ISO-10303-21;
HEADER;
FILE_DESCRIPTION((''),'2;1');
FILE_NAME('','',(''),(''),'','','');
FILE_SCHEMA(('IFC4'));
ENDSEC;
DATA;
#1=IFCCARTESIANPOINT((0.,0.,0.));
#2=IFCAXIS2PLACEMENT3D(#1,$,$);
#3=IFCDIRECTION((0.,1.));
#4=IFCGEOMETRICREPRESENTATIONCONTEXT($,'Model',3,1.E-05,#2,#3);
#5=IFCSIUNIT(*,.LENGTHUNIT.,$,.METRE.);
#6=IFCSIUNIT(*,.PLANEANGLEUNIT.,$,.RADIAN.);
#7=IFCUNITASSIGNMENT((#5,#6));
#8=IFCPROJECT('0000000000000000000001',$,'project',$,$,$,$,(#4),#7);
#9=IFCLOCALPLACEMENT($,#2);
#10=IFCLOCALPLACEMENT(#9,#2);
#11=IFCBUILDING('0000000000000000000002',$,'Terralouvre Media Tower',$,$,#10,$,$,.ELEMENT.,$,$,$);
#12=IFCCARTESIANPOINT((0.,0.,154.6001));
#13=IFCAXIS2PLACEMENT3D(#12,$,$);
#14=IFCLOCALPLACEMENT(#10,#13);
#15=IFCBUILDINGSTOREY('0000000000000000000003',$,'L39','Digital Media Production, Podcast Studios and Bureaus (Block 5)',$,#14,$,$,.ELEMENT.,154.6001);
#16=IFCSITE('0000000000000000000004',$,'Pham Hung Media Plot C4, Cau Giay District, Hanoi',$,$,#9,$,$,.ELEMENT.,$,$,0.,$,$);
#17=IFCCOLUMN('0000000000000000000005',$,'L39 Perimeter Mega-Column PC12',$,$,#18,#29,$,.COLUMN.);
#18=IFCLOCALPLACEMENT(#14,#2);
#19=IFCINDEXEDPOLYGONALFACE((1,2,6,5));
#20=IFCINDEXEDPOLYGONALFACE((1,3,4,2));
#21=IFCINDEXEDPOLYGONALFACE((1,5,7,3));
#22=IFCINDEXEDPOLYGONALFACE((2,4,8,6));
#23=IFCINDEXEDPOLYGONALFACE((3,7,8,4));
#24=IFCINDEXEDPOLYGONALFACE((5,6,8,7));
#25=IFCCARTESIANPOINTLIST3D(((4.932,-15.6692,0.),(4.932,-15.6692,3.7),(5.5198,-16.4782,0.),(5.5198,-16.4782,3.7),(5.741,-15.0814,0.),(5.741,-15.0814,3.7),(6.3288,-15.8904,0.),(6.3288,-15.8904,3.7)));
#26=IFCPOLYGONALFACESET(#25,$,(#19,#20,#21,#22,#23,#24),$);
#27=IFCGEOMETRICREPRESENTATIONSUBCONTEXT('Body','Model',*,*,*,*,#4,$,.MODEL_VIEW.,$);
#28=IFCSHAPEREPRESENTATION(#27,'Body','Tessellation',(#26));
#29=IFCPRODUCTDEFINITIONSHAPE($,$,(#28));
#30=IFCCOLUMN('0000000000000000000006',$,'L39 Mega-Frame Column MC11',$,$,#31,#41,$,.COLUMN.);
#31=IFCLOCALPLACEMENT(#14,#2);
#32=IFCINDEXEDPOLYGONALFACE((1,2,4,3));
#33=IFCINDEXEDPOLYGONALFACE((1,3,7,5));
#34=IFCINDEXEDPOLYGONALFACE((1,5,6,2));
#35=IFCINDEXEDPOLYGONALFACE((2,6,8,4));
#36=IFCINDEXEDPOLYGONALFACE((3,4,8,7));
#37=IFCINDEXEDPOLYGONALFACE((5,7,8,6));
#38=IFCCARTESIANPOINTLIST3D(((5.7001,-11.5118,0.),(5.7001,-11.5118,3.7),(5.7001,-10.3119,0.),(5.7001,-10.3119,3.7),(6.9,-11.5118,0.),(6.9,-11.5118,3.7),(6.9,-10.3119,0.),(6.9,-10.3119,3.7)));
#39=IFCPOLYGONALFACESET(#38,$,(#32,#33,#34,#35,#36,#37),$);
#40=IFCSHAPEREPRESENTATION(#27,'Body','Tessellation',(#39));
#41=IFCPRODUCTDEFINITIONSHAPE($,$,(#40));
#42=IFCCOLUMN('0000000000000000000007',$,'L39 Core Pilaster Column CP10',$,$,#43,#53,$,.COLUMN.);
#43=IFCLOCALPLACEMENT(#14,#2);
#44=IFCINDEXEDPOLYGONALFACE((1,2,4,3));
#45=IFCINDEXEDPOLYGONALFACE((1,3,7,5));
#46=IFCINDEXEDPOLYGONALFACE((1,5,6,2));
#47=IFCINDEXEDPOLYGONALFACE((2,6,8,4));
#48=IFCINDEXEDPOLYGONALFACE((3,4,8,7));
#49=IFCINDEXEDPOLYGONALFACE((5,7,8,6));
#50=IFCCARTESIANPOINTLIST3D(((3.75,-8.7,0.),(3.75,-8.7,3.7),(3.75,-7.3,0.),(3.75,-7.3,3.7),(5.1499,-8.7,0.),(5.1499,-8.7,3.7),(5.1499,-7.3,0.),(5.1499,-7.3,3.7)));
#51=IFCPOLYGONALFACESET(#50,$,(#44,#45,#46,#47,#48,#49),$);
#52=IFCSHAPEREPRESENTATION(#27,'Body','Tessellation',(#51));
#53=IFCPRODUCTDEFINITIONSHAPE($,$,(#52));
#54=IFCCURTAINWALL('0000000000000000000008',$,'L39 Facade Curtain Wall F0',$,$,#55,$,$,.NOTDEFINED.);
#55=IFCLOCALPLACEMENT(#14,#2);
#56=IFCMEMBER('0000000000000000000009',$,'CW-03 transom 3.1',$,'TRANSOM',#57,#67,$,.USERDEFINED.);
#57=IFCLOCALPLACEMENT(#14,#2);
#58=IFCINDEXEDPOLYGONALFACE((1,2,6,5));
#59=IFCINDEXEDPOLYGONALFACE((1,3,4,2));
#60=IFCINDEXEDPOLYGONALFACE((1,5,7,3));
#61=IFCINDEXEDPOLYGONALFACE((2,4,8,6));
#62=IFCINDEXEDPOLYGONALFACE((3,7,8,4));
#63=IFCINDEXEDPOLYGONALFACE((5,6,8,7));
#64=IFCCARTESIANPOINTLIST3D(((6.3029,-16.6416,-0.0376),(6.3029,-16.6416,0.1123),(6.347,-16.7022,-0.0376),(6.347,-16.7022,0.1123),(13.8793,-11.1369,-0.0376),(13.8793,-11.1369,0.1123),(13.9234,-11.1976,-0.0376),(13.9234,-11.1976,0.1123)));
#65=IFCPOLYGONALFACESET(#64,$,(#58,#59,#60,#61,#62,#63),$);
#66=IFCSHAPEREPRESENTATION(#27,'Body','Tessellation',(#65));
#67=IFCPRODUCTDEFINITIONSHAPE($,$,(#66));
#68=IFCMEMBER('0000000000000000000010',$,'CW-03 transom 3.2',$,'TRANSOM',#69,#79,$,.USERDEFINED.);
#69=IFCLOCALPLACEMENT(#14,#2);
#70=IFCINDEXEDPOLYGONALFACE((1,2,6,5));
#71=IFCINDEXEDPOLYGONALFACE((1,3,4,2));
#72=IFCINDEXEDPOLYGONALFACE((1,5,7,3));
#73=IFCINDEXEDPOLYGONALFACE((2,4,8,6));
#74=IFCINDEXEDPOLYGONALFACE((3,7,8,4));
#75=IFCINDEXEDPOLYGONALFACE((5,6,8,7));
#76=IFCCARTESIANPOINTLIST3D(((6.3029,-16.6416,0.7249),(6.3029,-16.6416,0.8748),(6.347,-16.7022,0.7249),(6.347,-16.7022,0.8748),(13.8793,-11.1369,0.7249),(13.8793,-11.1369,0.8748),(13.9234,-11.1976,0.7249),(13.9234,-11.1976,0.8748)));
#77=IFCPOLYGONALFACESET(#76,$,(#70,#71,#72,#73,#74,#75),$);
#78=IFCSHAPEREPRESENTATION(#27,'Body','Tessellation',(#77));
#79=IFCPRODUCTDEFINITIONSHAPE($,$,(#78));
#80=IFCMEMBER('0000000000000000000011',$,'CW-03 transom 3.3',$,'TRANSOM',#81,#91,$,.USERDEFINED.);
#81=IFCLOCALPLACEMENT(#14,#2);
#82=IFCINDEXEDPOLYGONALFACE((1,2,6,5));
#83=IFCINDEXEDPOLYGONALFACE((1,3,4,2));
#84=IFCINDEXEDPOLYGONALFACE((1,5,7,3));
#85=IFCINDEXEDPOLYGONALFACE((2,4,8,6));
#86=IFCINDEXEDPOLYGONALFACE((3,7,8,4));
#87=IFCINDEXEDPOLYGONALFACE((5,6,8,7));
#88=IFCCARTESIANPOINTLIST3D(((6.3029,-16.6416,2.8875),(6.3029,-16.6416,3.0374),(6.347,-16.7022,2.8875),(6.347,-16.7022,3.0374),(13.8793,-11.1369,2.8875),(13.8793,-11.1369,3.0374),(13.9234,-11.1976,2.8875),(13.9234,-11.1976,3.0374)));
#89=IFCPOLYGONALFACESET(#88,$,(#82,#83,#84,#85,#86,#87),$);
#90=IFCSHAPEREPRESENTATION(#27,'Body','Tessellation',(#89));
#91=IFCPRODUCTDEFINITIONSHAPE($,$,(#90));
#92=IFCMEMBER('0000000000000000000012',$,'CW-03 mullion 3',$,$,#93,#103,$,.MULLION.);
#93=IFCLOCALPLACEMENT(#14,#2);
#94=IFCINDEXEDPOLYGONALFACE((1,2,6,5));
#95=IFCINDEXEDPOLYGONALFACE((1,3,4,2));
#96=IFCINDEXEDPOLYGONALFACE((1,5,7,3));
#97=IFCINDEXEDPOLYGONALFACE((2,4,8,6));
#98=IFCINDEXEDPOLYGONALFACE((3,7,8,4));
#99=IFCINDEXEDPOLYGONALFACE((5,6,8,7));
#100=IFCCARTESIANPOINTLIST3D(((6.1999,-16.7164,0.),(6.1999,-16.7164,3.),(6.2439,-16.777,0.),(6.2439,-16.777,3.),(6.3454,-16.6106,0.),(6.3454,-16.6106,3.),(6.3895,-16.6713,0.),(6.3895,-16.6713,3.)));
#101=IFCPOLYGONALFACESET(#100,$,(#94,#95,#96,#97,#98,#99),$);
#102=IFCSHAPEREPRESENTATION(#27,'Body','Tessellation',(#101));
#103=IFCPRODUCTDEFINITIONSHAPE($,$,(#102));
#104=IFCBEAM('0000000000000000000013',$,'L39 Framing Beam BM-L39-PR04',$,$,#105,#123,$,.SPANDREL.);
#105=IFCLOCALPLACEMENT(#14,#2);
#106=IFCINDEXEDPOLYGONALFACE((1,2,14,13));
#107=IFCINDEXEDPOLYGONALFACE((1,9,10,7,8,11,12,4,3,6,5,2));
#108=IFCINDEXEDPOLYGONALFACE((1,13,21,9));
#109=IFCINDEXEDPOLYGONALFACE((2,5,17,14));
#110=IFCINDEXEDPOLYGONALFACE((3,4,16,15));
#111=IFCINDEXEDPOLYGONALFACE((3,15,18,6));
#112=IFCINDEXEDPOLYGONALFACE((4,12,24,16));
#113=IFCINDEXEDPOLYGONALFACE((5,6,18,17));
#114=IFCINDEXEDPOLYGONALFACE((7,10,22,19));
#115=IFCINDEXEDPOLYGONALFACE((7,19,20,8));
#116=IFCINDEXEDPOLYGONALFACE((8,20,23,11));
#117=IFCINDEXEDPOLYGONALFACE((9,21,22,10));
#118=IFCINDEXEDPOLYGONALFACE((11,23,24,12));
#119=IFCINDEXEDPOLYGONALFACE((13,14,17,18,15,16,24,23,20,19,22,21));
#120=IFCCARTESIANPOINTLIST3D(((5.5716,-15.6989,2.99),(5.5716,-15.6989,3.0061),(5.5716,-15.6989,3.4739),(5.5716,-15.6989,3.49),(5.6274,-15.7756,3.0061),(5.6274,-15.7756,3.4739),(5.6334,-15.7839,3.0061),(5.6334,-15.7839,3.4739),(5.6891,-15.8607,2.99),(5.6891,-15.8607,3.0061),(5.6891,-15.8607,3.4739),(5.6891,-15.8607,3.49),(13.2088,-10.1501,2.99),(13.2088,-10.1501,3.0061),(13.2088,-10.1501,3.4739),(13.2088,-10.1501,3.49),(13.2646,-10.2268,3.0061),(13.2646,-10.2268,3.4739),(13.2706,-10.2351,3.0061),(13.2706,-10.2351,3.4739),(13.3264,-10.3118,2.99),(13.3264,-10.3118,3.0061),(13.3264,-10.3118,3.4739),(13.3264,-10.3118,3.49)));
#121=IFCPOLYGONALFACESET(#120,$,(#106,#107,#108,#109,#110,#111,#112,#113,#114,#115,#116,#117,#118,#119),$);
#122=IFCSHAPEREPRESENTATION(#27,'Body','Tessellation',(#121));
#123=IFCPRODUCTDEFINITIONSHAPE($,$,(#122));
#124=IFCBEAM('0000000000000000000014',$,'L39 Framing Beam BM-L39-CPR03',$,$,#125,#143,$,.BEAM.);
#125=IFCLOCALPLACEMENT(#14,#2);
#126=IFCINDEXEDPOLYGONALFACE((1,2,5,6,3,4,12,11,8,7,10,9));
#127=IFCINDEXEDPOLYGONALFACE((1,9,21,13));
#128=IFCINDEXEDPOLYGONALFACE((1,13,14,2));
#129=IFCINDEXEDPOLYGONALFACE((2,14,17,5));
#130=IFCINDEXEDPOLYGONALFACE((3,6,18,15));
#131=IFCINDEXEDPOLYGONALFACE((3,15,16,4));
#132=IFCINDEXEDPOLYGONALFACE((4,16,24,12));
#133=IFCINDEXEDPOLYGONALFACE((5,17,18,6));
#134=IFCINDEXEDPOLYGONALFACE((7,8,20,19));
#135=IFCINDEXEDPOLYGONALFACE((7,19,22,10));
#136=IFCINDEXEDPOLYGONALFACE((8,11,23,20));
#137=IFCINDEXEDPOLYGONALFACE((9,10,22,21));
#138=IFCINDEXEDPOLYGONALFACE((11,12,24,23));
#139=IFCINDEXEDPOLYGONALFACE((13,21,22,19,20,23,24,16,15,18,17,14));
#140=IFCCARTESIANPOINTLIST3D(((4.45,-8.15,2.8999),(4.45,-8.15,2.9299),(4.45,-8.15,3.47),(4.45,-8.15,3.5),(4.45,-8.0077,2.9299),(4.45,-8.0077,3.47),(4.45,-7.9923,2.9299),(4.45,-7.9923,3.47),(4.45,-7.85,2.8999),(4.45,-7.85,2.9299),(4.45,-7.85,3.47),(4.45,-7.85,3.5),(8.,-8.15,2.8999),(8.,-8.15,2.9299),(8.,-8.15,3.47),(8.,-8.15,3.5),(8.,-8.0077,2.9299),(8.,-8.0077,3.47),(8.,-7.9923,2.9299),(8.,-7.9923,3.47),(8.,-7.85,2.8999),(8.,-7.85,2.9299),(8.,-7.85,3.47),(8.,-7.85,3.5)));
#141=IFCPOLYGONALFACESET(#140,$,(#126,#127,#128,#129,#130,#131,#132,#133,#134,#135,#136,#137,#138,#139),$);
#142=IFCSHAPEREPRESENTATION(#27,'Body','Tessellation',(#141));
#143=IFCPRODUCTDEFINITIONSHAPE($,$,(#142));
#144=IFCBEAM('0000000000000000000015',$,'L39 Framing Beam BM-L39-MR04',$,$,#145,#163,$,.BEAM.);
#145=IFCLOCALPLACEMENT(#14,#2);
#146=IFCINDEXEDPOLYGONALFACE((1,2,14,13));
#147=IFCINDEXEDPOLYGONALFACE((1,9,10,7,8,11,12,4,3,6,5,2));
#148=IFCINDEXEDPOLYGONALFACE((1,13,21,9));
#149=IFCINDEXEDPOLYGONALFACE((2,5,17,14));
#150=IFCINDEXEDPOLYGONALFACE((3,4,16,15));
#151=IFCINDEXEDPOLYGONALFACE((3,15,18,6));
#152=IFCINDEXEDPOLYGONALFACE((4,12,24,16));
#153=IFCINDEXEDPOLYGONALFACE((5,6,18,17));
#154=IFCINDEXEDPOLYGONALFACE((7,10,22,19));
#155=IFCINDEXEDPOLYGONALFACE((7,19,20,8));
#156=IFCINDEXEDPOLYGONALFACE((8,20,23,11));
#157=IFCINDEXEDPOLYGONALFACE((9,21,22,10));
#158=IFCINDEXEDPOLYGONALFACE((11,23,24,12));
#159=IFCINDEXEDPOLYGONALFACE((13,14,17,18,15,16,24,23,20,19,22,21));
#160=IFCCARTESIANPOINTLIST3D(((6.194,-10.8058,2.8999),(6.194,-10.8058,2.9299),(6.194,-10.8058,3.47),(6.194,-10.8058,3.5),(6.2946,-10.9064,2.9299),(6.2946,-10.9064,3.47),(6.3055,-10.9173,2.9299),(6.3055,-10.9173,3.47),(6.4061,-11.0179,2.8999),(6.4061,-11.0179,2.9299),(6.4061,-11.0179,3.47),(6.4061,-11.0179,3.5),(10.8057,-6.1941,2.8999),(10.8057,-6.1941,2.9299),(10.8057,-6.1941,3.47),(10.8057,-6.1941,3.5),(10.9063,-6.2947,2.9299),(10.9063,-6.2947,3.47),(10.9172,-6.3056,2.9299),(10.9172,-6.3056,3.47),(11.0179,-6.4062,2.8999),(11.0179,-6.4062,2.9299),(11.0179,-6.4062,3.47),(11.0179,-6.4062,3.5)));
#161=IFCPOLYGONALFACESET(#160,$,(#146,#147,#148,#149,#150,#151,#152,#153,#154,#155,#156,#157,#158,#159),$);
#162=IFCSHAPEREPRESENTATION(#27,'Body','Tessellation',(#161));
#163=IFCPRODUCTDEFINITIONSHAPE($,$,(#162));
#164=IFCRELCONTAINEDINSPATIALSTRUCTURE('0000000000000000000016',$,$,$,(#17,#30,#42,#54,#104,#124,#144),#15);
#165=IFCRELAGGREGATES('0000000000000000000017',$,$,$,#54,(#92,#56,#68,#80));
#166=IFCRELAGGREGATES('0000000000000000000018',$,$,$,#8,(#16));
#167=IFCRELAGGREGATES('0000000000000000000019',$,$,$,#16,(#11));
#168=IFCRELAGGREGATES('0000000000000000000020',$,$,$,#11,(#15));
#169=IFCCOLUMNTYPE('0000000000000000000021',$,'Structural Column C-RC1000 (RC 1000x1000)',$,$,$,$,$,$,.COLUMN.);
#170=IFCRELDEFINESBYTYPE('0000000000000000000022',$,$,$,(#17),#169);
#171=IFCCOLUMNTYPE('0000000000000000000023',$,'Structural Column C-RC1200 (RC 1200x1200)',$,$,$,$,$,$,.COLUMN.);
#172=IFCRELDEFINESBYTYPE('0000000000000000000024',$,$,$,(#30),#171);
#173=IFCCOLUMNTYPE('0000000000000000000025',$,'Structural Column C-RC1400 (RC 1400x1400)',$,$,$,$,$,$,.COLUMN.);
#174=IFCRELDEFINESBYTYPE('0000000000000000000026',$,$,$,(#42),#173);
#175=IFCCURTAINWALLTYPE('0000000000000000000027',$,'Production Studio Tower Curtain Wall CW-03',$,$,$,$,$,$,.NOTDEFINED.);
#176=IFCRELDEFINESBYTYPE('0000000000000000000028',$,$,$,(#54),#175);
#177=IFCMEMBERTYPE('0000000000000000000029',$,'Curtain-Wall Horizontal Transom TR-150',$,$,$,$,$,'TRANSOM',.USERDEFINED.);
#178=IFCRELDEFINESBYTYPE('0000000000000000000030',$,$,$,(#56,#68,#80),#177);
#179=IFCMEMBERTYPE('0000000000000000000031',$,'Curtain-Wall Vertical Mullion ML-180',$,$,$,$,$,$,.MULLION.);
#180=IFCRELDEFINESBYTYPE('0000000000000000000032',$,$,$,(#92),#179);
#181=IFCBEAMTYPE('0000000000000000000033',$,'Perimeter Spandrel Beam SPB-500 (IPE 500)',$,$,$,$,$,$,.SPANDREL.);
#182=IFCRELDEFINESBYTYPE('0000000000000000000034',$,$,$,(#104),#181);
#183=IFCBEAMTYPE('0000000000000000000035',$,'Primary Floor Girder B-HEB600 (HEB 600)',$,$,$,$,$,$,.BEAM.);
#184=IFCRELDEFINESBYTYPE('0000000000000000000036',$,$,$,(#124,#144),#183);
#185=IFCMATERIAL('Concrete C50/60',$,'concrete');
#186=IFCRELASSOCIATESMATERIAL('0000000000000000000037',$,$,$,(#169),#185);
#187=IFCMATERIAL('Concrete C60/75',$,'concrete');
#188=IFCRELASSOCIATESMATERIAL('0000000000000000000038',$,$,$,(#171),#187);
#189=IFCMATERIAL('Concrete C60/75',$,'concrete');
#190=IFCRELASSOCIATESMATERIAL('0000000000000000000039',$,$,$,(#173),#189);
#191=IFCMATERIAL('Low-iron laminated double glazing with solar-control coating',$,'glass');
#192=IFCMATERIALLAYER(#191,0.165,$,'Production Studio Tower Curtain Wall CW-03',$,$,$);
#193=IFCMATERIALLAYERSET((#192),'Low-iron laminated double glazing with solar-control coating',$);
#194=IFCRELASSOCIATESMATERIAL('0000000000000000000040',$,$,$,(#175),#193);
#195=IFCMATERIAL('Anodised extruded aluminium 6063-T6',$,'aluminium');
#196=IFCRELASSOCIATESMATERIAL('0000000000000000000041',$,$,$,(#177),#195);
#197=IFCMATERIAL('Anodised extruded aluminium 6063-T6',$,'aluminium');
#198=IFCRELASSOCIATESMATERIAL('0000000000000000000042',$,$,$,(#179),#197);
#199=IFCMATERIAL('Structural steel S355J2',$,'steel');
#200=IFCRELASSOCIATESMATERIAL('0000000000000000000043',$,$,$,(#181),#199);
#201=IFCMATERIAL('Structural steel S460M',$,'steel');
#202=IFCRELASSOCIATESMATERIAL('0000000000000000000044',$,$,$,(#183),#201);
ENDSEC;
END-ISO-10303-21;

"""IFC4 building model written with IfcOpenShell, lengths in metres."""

from ifc_helpers import new_model, si_unit, direction, frame, origin, origin_2d, place, context, subcontext, project, spatial, rectangle, i_section, extrude, material, layer, layer_set, material_profile, profile_set, type_object, element, aggregate, save


model = new_model("IFC4")

# Units and contexts
model_context = context("Model", 3, precision=1e-05, world=origin(), true_north=direction((0.0, 1.0)))
body_context = subcontext(model_context, "Body", "Model", "MODEL_VIEW")
ifc_project = project(units=[si_unit("LENGTHUNIT", "METRE"), si_unit("PLANEANGLEUNIT", "RADIAN")], contexts=[model_context])

# Site, building, storey
site_placement = place(None, origin())
site = spatial("IfcSite", under=ifc_project, at=site_placement, Name="Pham Hung Media Plot C4, Cau Giay District, Hanoi", CompositionType="ELEMENT", RefElevation=0.0)
building_placement = place(site_placement, origin())
building = spatial("IfcBuilding", under=site, at=building_placement, Name="Terralouvre Media Tower", CompositionType="ELEMENT")
storey_placement = place(building_placement, frame((0.0, 0.0, 154.6001)))
storey = spatial("IfcBuildingStorey", under=building, at=storey_placement, Name="L39", Description="Digital Media Production, Podcast Studios and Bureaus (Block 5)", CompositionType="ELEMENT", Elevation=154.6001)

# Columns
ifc_material_1 = material(Name="Concrete C50/60", Category="concrete")
ifc_material_profile_1 = material_profile(ifc_material_1, rectangle(XDim=1.0, YDim=1.0, at=origin_2d()), Name="RC 1000x1000")
ifc_profile_set_1 = profile_set([ifc_material_profile_1], Name="Concrete C50/60")
column_type_1 = type_object("IfcColumnType", Name="Structural Column C-RC1000 (RC 1000x1000)", PredefinedType="COLUMN", material=ifc_profile_set_1)
column_1_placement = place(storey_placement, frame((5.6304, -15.7798, 0.0), z_axis=(0.0, 0.0, 1.0), x_axis=(0.809017, 0.587785, 0.0)))
element("IfcColumn", 1, at=column_1_placement, inside=storey, type_object=column_type_1, Name="L39 Perimeter Mega-Column PC12", PredefinedType="COLUMN", context=body_context, shape_type="SweptSolid", body=[
    extrude(rectangle(XDim=1.0, YDim=1.0, at=origin_2d()), origin(), (0.0, 0.0, 1.0), 3.7),
])
ifc_material_2 = material(Name="Concrete C60/75", Category="concrete")
ifc_material_profile_2 = material_profile(ifc_material_2, rectangle(XDim=1.2, YDim=1.2, at=origin_2d()), Name="RC 1200x1200")
ifc_profile_set_2 = profile_set([ifc_material_profile_2], Name="Concrete C60/75")
column_type_2 = type_object("IfcColumnType", Name="Structural Column C-RC1200 (RC 1200x1200)", PredefinedType="COLUMN", material=ifc_profile_set_2)
column_2_placement = place(storey_placement, frame((6.3, -10.9119, 0.0), z_axis=(0.0, 0.0, 1.0), x_axis=(1.0, 0.0, 0.0)))
element("IfcColumn", 2, at=column_2_placement, inside=storey, type_object=column_type_2, Name="L39 Mega-Frame Column MC11", PredefinedType="COLUMN", context=body_context, shape_type="SweptSolid", body=[
    extrude(rectangle(XDim=1.2, YDim=1.2, at=origin_2d()), origin(), (0.0, 0.0, 1.0), 3.7),
])
ifc_material_3 = material(Name="Concrete C60/75", Category="concrete")
ifc_material_profile_3 = material_profile(ifc_material_3, rectangle(XDim=1.3999, YDim=1.3999, at=origin_2d()), Name="RC 1400x1400")
ifc_profile_set_3 = profile_set([ifc_material_profile_3], Name="Concrete C60/75")
column_type_3 = type_object("IfcColumnType", Name="Structural Column C-RC1400 (RC 1400x1400)", PredefinedType="COLUMN", material=ifc_profile_set_3)
column_3_placement = place(storey_placement, frame((4.45, -8.0, 0.0), z_axis=(0.0, 0.0, 1.0), x_axis=(1.0, 0.0, 0.0)))
element("IfcColumn", 3, at=column_3_placement, inside=storey, type_object=column_type_3, Name="L39 Core Pilaster Column CP10", PredefinedType="COLUMN", context=body_context, shape_type="SweptSolid", body=[
    extrude(rectangle(XDim=1.3999, YDim=1.3999, at=origin_2d()), origin(), (0.0, 0.0, 1.0), 3.7),
])

# Curtain wall, members
ifc_material_4 = material(Name="Low-iron laminated double glazing with solar-control coating", Category="glass")
ifc_layer_1 = layer(ifc_material_4, 0.165, Name="Production Studio Tower Curtain Wall CW-03")
ifc_layer_set_1 = layer_set([ifc_layer_1], Name="Low-iron laminated double glazing with solar-control coating")
curtain_wall_type = type_object("IfcCurtainWallType", Name="Production Studio Tower Curtain Wall CW-03", PredefinedType="NOTDEFINED", material=ifc_layer_set_1)
curtain_wall_placement = place(storey_placement, origin())
curtain_wall = element("IfcCurtainWall", 4, at=curtain_wall_placement, inside=storey, type_object=curtain_wall_type, Name="L39 Facade Curtain Wall F0", PredefinedType="NOTDEFINED")
ifc_material_5 = material(Name="Anodised extruded aluminium 6063-T6", Category="aluminium")
ifc_material_profile_4 = material_profile(ifc_material_5, rectangle(XDim=0.075, YDim=0.1499, at=origin_2d()), Name="ALU 75x150")
ifc_profile_set_4 = profile_set([ifc_material_profile_4], Name="Anodised extruded aluminium 6063-T6")
member_type_1 = type_object("IfcMemberType", Name="Curtain-Wall Horizontal Transom TR-150", ElementType="TRANSOM", PredefinedType="USERDEFINED", material=ifc_profile_set_4)
member_1_placement = place(storey_placement, frame((6.325, -16.6719, 0.0374), z_axis=(0.809014, 0.587789, 0.0), x_axis=(-0.587789, 0.809014, 0.0)))
member_1 = element("IfcMember", 5, at=member_1_placement, type_object=member_type_1, Name="CW-03 transom 3.1", ObjectType="TRANSOM", PredefinedType="USERDEFINED", context=body_context, shape_type="SweptSolid", body=[
    extrude(rectangle(XDim=0.075, YDim=0.1499, at=origin_2d()), origin(), (0.0, 0.0, 1.0), 9.365),
])
member_2_placement = place(storey_placement, frame((6.325, -16.6719, 0.7998), z_axis=(0.809014, 0.587789, 0.0), x_axis=(-0.587789, 0.809014, 0.0)))
member_2 = element("IfcMember", 6, at=member_2_placement, type_object=member_type_1, Name="CW-03 transom 3.2", ObjectType="TRANSOM", PredefinedType="USERDEFINED", context=body_context, shape_type="SweptSolid", body=[
    extrude(rectangle(XDim=0.075, YDim=0.1499, at=origin_2d()), origin(), (0.0, 0.0, 1.0), 9.365),
])
member_3_placement = place(storey_placement, frame((6.325, -16.6719, 2.9624), z_axis=(0.809014, 0.587789, 0.0), x_axis=(-0.587789, 0.809014, 0.0)))
member_3 = element("IfcMember", 7, at=member_3_placement, type_object=member_type_1, Name="CW-03 transom 3.3", ObjectType="TRANSOM", PredefinedType="USERDEFINED", context=body_context, shape_type="SweptSolid", body=[
    extrude(rectangle(XDim=0.075, YDim=0.1499, at=origin_2d()), origin(), (0.0, 0.0, 1.0), 9.365),
])
ifc_material_6 = material(Name="Anodised extruded aluminium 6063-T6", Category="aluminium")
ifc_material_profile_5 = material_profile(ifc_material_6, rectangle(XDim=0.075, YDim=0.1799, at=origin_2d()), Name="ALU 75x180")
ifc_profile_set_5 = profile_set([ifc_material_profile_5], Name="Anodised extruded aluminium 6063-T6")
member_type_2 = type_object("IfcMemberType", Name="Curtain-Wall Vertical Mullion ML-180", PredefinedType="MULLION", material=ifc_profile_set_5)
member_4_placement = place(storey_placement, frame((6.2947, -16.6938, 0.0), z_axis=(0.0, 0.0, 1.0), x_axis=(-0.587785, 0.809017, 0.0)))
member_4 = element("IfcMember", 8, at=member_4_placement, type_object=member_type_2, Name="CW-03 mullion 3", PredefinedType="MULLION", context=body_context, shape_type="SweptSolid", body=[
    extrude(rectangle(XDim=0.075, YDim=0.1799, at=origin_2d()), origin(), (0.0, 0.0, 1.0), 3.0),
])

# Beams
ifc_material_7 = material(Name="Structural steel S355J2", Category="steel")
ifc_material_profile_6 = material_profile(ifc_material_7, i_section(OverallWidth=0.2, OverallDepth=0.5, WebThickness=0.0103, FlangeThickness=0.0161, at=origin_2d()), Name="IPE 500")
ifc_profile_set_6 = profile_set([ifc_material_profile_6], Name="Structural steel S355J2")
beam_type_1 = type_object("IfcBeamType", Name="Perimeter Spandrel Beam SPB-500 (IPE 500)", PredefinedType="SPANDREL", material=ifc_profile_set_6)
beam_1_placement = place(storey_placement, frame((5.6304, -15.7798, 3.24), z_axis=(0.809013, 0.58779, 0.0), x_axis=(-0.58779, 0.809013, 0.0)))
element("IfcBeam", 9, at=beam_1_placement, inside=storey, type_object=beam_type_1, Name="L39 Framing Beam BM-L39-PR04", PredefinedType="SPANDREL", context=body_context, shape_type="SweptSolid", body=[
    extrude(i_section(OverallWidth=0.2, OverallDepth=0.5, WebThickness=0.0103, FlangeThickness=0.0161, at=origin_2d()), origin(), (0.0, 0.0, 1.0), 9.4402),
])
ifc_material_8 = material(Name="Structural steel S460M", Category="steel")
ifc_material_profile_7 = material_profile(ifc_material_8, i_section(OverallWidth=0.3, OverallDepth=0.6001, WebThickness=0.0154, FlangeThickness=0.03, at=origin_2d()), Name="HEB 600")
ifc_profile_set_7 = profile_set([ifc_material_profile_7], Name="Structural steel S460M")
beam_type_2 = type_object("IfcBeamType", Name="Primary Floor Girder B-HEB600 (HEB 600)", PredefinedType="BEAM", material=ifc_profile_set_7)
beam_2_placement = place(storey_placement, frame((4.45, -8.0, 3.2), z_axis=(1.0, 0.0, 0.0), x_axis=(0.0, 1.0, 0.0)))
element("IfcBeam", 10, at=beam_2_placement, inside=storey, type_object=beam_type_2, Name="L39 Framing Beam BM-L39-CPR03", PredefinedType="BEAM", context=body_context, shape_type="SweptSolid", body=[
    extrude(i_section(OverallWidth=0.3, OverallDepth=0.6001, WebThickness=0.0154, FlangeThickness=0.03, at=origin_2d()), origin(), (0.0, 0.0, 1.0), 3.55),
])
beam_3_placement = place(storey_placement, frame((6.3, -10.9119, 3.2), z_axis=(0.707107, 0.707107, 0.0), x_axis=(-0.707107, 0.707107, 0.0)))
element("IfcBeam", 11, at=beam_3_placement, inside=storey, type_object=beam_type_2, Name="L39 Framing Beam BM-L39-MR04", PredefinedType="BEAM", context=body_context, shape_type="SweptSolid", body=[
    extrude(i_section(OverallWidth=0.3, OverallDepth=0.6001, WebThickness=0.0154, FlangeThickness=0.03, at=origin_2d()), origin(), (0.0, 0.0, 1.0), 6.522),
])

aggregate(curtain_wall, [member_4, member_1, member_2, member_3])

save(model, "model.ifc")
